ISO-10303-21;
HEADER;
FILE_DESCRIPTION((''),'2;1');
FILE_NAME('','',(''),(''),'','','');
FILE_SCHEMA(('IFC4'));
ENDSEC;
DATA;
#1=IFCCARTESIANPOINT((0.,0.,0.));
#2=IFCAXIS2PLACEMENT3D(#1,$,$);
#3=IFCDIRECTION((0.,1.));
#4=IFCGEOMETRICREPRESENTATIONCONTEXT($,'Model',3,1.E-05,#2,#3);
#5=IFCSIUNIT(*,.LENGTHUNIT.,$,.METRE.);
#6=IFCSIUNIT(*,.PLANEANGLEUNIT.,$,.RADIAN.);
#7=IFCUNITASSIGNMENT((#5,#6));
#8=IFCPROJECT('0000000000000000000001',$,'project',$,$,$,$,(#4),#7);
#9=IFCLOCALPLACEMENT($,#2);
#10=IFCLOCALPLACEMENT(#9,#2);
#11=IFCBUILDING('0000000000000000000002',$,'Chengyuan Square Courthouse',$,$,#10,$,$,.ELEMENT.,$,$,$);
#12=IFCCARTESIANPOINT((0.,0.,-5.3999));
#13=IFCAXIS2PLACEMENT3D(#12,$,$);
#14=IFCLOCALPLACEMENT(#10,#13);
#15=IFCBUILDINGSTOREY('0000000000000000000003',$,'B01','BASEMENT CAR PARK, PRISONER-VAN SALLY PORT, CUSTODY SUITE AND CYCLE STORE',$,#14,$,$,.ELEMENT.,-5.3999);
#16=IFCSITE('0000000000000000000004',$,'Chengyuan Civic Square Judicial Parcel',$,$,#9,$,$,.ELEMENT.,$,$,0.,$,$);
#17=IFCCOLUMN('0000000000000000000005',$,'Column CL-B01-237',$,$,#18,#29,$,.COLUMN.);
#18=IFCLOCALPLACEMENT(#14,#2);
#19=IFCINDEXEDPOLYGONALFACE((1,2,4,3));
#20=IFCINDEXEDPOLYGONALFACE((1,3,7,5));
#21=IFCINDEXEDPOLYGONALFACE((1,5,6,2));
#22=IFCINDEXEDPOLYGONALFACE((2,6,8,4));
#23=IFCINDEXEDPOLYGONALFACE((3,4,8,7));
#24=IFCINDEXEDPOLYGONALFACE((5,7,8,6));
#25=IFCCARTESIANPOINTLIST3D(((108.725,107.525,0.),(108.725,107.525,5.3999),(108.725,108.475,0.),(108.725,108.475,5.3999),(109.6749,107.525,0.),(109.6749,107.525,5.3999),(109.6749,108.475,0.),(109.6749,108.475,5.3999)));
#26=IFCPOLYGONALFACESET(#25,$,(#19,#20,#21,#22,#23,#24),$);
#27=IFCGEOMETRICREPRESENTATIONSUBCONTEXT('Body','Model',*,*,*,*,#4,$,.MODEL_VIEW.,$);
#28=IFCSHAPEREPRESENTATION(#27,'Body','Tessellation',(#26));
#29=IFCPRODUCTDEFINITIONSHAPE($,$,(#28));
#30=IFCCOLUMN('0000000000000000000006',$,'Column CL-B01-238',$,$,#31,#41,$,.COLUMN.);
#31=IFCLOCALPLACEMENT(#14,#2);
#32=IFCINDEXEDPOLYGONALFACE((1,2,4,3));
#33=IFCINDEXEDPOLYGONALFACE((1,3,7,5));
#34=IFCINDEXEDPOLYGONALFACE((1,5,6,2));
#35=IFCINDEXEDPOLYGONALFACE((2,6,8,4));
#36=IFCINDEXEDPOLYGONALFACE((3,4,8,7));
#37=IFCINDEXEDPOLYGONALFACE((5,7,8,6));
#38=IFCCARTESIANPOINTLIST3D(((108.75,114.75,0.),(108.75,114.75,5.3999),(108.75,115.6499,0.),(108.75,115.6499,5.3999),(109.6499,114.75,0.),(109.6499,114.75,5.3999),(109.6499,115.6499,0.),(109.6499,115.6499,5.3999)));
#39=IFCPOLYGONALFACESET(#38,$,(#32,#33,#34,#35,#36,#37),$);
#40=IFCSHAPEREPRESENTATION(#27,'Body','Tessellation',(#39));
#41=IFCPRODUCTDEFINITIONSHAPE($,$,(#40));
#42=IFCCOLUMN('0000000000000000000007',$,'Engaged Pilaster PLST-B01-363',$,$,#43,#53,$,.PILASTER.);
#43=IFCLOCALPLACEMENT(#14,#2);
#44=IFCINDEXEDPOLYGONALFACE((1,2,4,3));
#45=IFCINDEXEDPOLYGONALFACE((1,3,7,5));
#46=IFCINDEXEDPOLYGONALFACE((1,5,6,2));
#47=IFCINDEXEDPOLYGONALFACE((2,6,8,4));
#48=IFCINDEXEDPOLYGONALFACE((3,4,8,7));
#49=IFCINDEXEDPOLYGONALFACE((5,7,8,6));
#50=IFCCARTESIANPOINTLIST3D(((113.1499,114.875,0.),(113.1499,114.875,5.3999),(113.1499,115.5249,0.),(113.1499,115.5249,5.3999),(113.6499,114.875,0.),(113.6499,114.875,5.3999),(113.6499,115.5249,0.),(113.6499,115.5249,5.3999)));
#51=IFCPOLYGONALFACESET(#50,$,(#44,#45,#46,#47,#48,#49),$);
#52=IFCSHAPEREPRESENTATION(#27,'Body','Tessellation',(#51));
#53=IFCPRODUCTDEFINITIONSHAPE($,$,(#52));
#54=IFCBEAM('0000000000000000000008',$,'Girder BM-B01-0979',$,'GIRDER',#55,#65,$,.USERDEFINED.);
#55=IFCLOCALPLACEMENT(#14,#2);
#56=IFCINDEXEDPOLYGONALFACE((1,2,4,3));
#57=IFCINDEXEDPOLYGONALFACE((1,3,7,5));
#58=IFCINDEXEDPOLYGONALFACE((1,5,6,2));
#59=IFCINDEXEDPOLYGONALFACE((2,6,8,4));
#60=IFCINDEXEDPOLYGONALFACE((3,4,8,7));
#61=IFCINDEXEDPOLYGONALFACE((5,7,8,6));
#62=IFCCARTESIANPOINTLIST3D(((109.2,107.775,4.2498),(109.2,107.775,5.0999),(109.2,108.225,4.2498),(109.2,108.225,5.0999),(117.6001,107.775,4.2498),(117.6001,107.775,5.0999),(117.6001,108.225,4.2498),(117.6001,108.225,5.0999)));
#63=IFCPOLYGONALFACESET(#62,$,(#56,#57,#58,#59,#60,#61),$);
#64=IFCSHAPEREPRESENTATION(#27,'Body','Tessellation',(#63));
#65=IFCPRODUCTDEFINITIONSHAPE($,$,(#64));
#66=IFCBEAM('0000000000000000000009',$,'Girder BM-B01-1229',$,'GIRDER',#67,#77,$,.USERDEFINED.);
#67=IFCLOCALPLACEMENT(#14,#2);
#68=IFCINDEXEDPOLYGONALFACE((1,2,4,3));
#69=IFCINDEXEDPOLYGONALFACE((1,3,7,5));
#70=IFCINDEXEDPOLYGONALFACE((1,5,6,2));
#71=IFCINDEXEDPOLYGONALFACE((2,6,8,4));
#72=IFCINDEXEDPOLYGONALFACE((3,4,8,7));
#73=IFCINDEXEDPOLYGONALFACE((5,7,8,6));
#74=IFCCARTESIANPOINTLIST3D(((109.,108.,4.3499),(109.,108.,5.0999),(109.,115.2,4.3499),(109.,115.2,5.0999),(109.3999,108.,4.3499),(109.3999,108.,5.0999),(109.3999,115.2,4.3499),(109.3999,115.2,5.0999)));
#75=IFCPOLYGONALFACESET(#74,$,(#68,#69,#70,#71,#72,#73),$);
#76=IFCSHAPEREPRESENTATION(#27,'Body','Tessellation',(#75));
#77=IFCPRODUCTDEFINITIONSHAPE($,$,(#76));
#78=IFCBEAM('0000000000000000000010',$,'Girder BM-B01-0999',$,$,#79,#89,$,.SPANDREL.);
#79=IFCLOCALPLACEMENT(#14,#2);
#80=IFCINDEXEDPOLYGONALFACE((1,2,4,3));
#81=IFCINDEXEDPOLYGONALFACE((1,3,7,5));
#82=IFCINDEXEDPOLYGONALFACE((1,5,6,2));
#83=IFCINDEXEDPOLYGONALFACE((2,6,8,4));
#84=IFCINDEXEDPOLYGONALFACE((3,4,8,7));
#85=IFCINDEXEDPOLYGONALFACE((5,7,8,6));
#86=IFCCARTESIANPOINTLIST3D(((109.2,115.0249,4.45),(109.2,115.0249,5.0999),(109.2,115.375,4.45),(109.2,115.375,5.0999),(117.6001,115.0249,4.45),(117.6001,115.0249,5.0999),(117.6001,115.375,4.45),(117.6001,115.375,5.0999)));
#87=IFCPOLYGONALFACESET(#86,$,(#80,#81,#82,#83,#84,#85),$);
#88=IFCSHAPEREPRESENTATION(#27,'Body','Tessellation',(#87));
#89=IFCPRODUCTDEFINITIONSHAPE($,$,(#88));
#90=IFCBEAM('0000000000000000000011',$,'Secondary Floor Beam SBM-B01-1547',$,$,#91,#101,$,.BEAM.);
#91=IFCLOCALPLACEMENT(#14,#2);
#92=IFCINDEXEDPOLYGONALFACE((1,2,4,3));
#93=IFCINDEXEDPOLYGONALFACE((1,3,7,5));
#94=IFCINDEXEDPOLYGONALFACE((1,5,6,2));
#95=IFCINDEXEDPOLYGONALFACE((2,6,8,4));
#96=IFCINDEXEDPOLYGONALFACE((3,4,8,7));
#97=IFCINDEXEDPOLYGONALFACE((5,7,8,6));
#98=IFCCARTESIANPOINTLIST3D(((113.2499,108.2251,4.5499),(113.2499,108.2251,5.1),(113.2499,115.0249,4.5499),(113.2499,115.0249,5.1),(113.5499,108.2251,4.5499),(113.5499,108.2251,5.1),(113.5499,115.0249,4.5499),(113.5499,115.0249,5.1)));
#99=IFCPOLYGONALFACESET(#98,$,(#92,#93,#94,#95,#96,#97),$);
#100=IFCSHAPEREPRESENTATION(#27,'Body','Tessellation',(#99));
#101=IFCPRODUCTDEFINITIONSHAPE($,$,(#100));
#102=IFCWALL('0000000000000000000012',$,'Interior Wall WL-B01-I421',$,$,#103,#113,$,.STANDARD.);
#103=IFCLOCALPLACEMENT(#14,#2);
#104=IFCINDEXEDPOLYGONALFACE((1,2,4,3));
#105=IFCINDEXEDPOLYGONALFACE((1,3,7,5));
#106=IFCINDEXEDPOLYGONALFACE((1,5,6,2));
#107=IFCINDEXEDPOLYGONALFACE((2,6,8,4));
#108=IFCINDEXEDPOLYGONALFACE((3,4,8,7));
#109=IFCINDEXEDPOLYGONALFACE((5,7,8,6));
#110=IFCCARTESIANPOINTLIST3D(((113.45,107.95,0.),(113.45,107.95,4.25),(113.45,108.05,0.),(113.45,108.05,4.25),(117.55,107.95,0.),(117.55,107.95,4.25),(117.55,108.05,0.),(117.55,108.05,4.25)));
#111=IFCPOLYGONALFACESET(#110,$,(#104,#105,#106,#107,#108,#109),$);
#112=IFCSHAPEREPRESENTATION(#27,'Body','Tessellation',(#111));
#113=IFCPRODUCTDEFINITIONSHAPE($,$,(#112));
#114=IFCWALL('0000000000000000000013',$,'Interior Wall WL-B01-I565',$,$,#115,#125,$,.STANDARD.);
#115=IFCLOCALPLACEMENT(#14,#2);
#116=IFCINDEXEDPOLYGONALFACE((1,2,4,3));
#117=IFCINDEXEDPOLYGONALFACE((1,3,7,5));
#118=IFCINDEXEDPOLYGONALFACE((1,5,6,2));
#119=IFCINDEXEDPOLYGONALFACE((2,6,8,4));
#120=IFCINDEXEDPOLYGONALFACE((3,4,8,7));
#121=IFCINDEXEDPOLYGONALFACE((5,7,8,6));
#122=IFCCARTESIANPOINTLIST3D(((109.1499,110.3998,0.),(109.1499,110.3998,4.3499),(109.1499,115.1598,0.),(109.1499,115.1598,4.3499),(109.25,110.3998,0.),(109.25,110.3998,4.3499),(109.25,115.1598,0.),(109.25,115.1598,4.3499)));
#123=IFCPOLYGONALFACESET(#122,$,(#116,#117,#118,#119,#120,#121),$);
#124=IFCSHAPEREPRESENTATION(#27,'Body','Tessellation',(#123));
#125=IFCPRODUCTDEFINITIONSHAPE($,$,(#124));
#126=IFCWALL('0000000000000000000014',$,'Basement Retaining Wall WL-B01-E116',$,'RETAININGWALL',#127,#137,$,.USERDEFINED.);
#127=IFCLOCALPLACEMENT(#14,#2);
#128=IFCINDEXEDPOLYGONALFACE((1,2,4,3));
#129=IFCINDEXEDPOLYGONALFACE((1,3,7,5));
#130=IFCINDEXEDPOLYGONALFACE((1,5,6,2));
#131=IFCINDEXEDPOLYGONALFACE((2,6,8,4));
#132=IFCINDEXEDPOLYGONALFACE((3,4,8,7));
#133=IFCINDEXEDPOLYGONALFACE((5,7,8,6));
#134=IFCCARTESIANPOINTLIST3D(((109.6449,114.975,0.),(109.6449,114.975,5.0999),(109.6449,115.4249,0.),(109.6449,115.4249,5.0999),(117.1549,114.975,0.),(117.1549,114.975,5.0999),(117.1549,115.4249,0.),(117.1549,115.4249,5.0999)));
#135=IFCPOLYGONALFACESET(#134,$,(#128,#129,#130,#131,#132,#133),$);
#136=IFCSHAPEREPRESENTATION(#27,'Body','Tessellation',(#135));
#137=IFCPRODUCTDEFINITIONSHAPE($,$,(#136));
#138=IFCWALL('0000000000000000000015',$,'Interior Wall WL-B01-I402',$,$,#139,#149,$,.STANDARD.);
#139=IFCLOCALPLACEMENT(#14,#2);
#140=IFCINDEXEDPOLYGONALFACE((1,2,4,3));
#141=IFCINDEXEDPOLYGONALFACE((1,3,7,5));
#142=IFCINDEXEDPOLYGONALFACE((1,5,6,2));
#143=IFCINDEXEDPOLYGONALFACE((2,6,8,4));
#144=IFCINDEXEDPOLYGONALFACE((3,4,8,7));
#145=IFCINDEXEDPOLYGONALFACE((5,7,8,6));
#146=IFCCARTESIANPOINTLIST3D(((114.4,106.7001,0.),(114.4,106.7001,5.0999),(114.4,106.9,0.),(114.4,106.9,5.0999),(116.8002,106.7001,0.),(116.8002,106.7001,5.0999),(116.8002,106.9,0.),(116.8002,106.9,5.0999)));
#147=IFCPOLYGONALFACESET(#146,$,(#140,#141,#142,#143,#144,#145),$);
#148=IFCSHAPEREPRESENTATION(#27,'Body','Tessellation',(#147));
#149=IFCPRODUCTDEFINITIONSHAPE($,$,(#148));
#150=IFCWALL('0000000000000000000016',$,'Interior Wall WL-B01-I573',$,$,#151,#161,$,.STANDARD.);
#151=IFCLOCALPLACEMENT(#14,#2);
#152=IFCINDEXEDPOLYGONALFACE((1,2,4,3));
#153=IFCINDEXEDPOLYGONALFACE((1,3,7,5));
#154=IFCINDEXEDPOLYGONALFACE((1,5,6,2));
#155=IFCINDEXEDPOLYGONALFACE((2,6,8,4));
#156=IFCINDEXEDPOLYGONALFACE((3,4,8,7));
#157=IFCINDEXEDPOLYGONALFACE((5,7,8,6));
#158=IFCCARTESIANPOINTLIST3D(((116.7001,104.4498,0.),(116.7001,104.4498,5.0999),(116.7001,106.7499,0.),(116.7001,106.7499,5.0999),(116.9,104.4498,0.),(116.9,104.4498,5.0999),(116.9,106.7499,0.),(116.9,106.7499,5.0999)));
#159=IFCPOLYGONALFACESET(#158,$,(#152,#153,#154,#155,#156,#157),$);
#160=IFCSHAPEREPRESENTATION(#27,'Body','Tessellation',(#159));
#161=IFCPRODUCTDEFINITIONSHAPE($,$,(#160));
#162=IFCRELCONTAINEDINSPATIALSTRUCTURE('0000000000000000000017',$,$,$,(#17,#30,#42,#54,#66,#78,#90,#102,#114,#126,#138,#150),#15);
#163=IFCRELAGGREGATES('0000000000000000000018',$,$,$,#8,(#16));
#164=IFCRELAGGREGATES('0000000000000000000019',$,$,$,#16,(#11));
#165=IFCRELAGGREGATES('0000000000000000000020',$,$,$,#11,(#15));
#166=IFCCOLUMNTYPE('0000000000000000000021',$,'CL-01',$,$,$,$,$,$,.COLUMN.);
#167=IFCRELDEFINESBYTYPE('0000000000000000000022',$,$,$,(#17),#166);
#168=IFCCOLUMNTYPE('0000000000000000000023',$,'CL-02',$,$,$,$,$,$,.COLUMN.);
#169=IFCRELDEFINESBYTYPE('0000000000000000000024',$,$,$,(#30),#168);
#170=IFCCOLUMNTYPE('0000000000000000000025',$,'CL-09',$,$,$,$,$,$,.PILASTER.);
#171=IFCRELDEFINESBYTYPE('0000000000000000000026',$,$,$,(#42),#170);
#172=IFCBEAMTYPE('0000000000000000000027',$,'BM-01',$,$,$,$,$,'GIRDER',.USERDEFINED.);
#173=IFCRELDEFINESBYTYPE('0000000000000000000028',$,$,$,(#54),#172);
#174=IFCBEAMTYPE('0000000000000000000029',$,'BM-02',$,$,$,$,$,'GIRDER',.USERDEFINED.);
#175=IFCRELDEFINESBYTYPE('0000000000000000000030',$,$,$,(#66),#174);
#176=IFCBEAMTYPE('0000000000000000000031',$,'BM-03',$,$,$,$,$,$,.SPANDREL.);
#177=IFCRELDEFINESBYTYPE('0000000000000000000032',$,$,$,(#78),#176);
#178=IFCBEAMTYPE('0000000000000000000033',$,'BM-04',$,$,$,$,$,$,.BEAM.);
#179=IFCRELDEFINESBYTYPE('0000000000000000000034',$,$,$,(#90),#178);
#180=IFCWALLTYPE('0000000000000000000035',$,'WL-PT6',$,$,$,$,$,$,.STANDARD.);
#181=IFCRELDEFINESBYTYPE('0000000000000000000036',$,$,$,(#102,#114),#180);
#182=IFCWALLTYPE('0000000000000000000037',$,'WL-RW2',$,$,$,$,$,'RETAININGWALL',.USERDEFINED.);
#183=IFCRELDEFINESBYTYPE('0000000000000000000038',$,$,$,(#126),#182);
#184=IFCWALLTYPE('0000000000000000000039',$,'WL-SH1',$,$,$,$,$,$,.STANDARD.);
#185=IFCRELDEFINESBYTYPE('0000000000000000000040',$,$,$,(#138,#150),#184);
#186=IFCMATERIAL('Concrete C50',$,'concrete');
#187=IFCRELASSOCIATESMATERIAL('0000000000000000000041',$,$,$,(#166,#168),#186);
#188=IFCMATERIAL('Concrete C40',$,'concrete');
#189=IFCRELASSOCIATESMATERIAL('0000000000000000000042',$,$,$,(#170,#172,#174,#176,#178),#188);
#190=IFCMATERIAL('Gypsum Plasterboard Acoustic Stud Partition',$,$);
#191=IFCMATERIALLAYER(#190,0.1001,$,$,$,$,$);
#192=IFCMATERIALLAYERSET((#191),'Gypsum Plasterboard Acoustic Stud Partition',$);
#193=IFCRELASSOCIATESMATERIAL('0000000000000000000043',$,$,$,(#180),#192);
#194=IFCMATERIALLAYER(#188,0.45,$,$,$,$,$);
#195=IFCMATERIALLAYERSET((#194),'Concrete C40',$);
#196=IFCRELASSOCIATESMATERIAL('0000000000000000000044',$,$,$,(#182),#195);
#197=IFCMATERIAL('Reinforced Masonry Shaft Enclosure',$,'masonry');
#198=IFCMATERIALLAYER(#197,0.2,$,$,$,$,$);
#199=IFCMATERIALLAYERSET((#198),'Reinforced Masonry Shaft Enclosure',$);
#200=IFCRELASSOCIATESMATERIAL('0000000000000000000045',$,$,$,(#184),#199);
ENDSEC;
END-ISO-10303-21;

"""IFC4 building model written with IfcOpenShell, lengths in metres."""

from ifc_helpers import new_model, si_unit, direction, frame, frame_2d, origin, origin_2d, place, context, subcontext, project, spatial, rectangle, extrude, material, layer, layer_set, material_profile, profile_set, type_object, element, save


model = new_model("IFC4")

# Units and contexts
model_context = context("Model", 3, precision=1e-05, world=origin(), true_north=direction((0.0, 1.0)))
body_context = subcontext(model_context, "Body", "Model", "MODEL_VIEW")
ifc_project = project(units=[si_unit("LENGTHUNIT", "METRE"), si_unit("PLANEANGLEUNIT", "RADIAN")], contexts=[model_context])

# Site, building, storey
site_placement = place(None, origin())
site = spatial("IfcSite", under=ifc_project, at=site_placement, Name="Chengyuan Civic Square Judicial Parcel", CompositionType="ELEMENT", RefElevation=0.0)
building_placement = place(site_placement, origin())
building = spatial("IfcBuilding", under=site, at=building_placement, Name="Chengyuan Square Courthouse", CompositionType="ELEMENT")
storey_placement = place(building_placement, frame((0.0, 0.0, -5.3999)))
storey = spatial("IfcBuildingStorey", under=building, at=storey_placement, Name="B01", Description="BASEMENT CAR PARK, PRISONER-VAN SALLY PORT, CUSTODY SUITE AND CYCLE STORE", CompositionType="ELEMENT", Elevation=-5.3999)

# Columns
ifc_material_1 = material(Name="Concrete C50", Category="concrete")
ifc_material_profile_1 = material_profile(ifc_material_1, rectangle(XDim=0.95, YDim=0.95, at=origin_2d()), Name="RC-COL-950x950")
ifc_profile_set_1 = profile_set([ifc_material_profile_1], Name="Concrete C50")
column_type_1 = type_object("IfcColumnType", Name="CL-01", PredefinedType="COLUMN", material=ifc_profile_set_1)
column_1_placement = place(storey_placement, frame((109.2, 108.0, 0.0), z_axis=(0.0, 0.0, 1.0), x_axis=(1.0, 0.0, 0.0)))
element("IfcColumn", 1, at=column_1_placement, inside=storey, type_object=column_type_1, Name="Column CL-B01-237", PredefinedType="COLUMN", context=body_context, shape_type="SweptSolid", body=[
    extrude(rectangle(XDim=0.95, YDim=0.95, at=origin_2d()), origin(), (0.0, 0.0, 1.0), 5.3999),
])
ifc_material_profile_2 = material_profile(ifc_material_1, rectangle(XDim=0.8999, YDim=0.8999, at=origin_2d()), Name="RC-COL-900x900")
ifc_profile_set_2 = profile_set([ifc_material_profile_2], Name="Concrete C50")
column_type_2 = type_object("IfcColumnType", Name="CL-02", PredefinedType="COLUMN", material=ifc_profile_set_2)
column_2_placement = place(storey_placement, frame((109.2, 115.2, 0.0), z_axis=(0.0, 0.0, 1.0), x_axis=(1.0, 0.0, 0.0)))
element("IfcColumn", 2, at=column_2_placement, inside=storey, type_object=column_type_2, Name="Column CL-B01-238", PredefinedType="COLUMN", context=body_context, shape_type="SweptSolid", body=[
    extrude(rectangle(XDim=0.8999, YDim=0.8999, at=origin_2d()), origin(), (0.0, 0.0, 1.0), 5.3999),
])
ifc_material_2 = material(Name="Concrete C40", Category="concrete")
ifc_material_profile_3 = material_profile(ifc_material_2, rectangle(XDim=0.5, YDim=0.6499, at=origin_2d()), Name="RC-PIL-500x650")
ifc_profile_set_3 = profile_set([ifc_material_profile_3], Name="Concrete C40")
column_type_3 = type_object("IfcColumnType", Name="CL-09", PredefinedType="PILASTER", material=ifc_profile_set_3)
column_3_placement = place(storey_placement, frame((113.3999, 115.2, 0.0), z_axis=(0.0, 0.0, 1.0), x_axis=(1.0, 0.0, 0.0)))
element("IfcColumn", 3, at=column_3_placement, inside=storey, type_object=column_type_3, Name="Engaged Pilaster PLST-B01-363", PredefinedType="PILASTER", context=body_context, shape_type="SweptSolid", body=[
    extrude(rectangle(XDim=0.5, YDim=0.6499, at=origin_2d()), origin(), (0.0, 0.0, 1.0), 5.3999),
])

# Beams
ifc_material_profile_4 = material_profile(ifc_material_2, rectangle(XDim=0.45, YDim=0.8501, at=origin_2d()), Name="RC-BM-450x850")
ifc_profile_set_4 = profile_set([ifc_material_profile_4], Name="Concrete C40")
beam_type_1 = type_object("IfcBeamType", Name="BM-01", ElementType="GIRDER", PredefinedType="USERDEFINED", material=ifc_profile_set_4)
beam_1_placement = place(storey_placement, frame((109.2, 108.0, 4.6748), z_axis=(1.0, 0.0, 0.0), x_axis=(0.0, 1.0, 0.0)))
element("IfcBeam", 4, at=beam_1_placement, inside=storey, type_object=beam_type_1, Name="Girder BM-B01-0979", ObjectType="GIRDER", PredefinedType="USERDEFINED", context=body_context, shape_type="SweptSolid", body=[
    extrude(rectangle(XDim=0.45, YDim=0.8501, at=origin_2d()), origin(), (0.0, 0.0, 1.0), 8.4001),
])
ifc_material_profile_5 = material_profile(ifc_material_2, rectangle(XDim=0.3999, YDim=0.75, at=origin_2d()), Name="RC-BM-400x750")
ifc_profile_set_5 = profile_set([ifc_material_profile_5], Name="Concrete C40")
beam_type_2 = type_object("IfcBeamType", Name="BM-02", ElementType="GIRDER", PredefinedType="USERDEFINED", material=ifc_profile_set_5)
beam_2_placement = place(storey_placement, frame((109.2, 108.0, 4.7249), z_axis=(0.0, 1.0, 0.0), x_axis=(-1.0, 0.0, 0.0)))
element("IfcBeam", 5, at=beam_2_placement, inside=storey, type_object=beam_type_2, Name="Girder BM-B01-1229", ObjectType="GIRDER", PredefinedType="USERDEFINED", context=body_context, shape_type="SweptSolid", body=[
    extrude(rectangle(XDim=0.3999, YDim=0.75, at=origin_2d()), origin(), (0.0, 0.0, 1.0), 7.2),
])
ifc_material_profile_6 = material_profile(ifc_material_2, rectangle(XDim=0.3501, YDim=0.6499, at=origin_2d()), Name="RC-BM-350x650")
ifc_profile_set_6 = profile_set([ifc_material_profile_6], Name="Concrete C40")
beam_type_3 = type_object("IfcBeamType", Name="BM-03", PredefinedType="SPANDREL", material=ifc_profile_set_6)
beam_3_placement = place(storey_placement, frame((109.2, 115.2, 4.7749), z_axis=(1.0, 0.0, 0.0), x_axis=(0.0, 1.0, 0.0)))
element("IfcBeam", 6, at=beam_3_placement, inside=storey, type_object=beam_type_3, Name="Girder BM-B01-0999", PredefinedType="SPANDREL", context=body_context, shape_type="SweptSolid", body=[
    extrude(rectangle(XDim=0.3501, YDim=0.6499, at=origin_2d()), origin(), (0.0, 0.0, 1.0), 8.4001),
])
ifc_material_profile_7 = material_profile(ifc_material_2, rectangle(XDim=0.3, YDim=0.55, at=origin_2d()), Name="RC-BM-300x550")
ifc_profile_set_7 = profile_set([ifc_material_profile_7], Name="Concrete C40")
beam_type_4 = type_object("IfcBeamType", Name="BM-04", PredefinedType="BEAM", material=ifc_profile_set_7)
beam_4_placement = place(storey_placement, frame((113.3999, 108.2251, 4.825), z_axis=(0.0, 1.0, 0.0), x_axis=(-1.0, 0.0, 0.0)))
element("IfcBeam", 7, at=beam_4_placement, inside=storey, type_object=beam_type_4, Name="Secondary Floor Beam SBM-B01-1547", PredefinedType="BEAM", context=body_context, shape_type="SweptSolid", body=[
    extrude(rectangle(XDim=0.3, YDim=0.55, at=origin_2d()), origin(), (0.0, 0.0, 1.0), 6.7998),
])

# Walls
ifc_material_3 = material(Name="Gypsum Plasterboard Acoustic Stud Partition")
ifc_layer_1 = layer(ifc_material_3, 0.1001)
ifc_layer_set_1 = layer_set([ifc_layer_1], Name="Gypsum Plasterboard Acoustic Stud Partition")
wall_type_1 = type_object("IfcWallType", Name="WL-PT6", PredefinedType="STANDARD", material=ifc_layer_set_1)
wall_1_placement = place(storey_placement, frame((113.45, 108.0, 0.0), z_axis=(0.0, 0.0, 1.0), x_axis=(1.0, 0.0, 0.0)))
element("IfcWall", 8, at=wall_1_placement, inside=storey, type_object=wall_type_1, Name="Interior Wall WL-B01-I421", PredefinedType="STANDARD", context=body_context, shape_type="SweptSolid", body=[
    extrude(rectangle(XDim=4.1001, YDim=0.1001, at=frame_2d((2.05, 0.0))), origin(), (0.0, 0.0, 1.0), 4.25),
])
wall_2_placement = place(storey_placement, frame((109.2, 110.3999, 0.0), z_axis=(0.0, 0.0, 1.0), x_axis=(0.0, 1.0, 0.0)))
element("IfcWall", 9, at=wall_2_placement, inside=storey, type_object=wall_type_1, Name="Interior Wall WL-B01-I565", PredefinedType="STANDARD", context=body_context, shape_type="SweptSolid", body=[
    extrude(rectangle(XDim=4.76, YDim=0.1001, at=frame_2d((2.3799, 0.0))), origin(), (0.0, 0.0, 1.0), 4.3499),
])
ifc_layer_2 = layer(ifc_material_2, 0.45)
ifc_layer_set_2 = layer_set([ifc_layer_2], Name="Concrete C40")
wall_type_2 = type_object("IfcWallType", Name="WL-RW2", ElementType="RETAININGWALL", PredefinedType="USERDEFINED", material=ifc_layer_set_2)
wall_3_placement = place(storey_placement, frame((109.645, 115.2, 0.0), z_axis=(0.0, 0.0, 1.0), x_axis=(1.0, 0.0, 0.0)))
element("IfcWall", 10, at=wall_3_placement, inside=storey, type_object=wall_type_2, Name="Basement Retaining Wall WL-B01-E116", ObjectType="RETAININGWALL", PredefinedType="USERDEFINED", context=body_context, shape_type="SweptSolid", body=[
    extrude(rectangle(XDim=7.51, YDim=0.45, at=frame_2d((3.7549, 0.0))), origin(), (0.0, 0.0, 1.0), 5.0999),
])
ifc_material_4 = material(Name="Reinforced Masonry Shaft Enclosure", Category="masonry")
ifc_layer_3 = layer(ifc_material_4, 0.2)
ifc_layer_set_3 = layer_set([ifc_layer_3], Name="Reinforced Masonry Shaft Enclosure")
wall_type_3 = type_object("IfcWallType", Name="WL-SH1", PredefinedType="STANDARD", material=ifc_layer_set_3)
wall_4_placement = place(storey_placement, frame((114.3999, 106.8, 0.0), z_axis=(0.0, 0.0, 1.0), x_axis=(1.0, 0.0, 0.0)))
element("IfcWall", 11, at=wall_4_placement, inside=storey, type_object=wall_type_3, Name="Interior Wall WL-B01-I402", PredefinedType="STANDARD", context=body_context, shape_type="SweptSolid", body=[
    extrude(rectangle(XDim=2.4001, YDim=0.2, at=frame_2d((1.2002, 0.0))), origin(), (0.0, 0.0, 1.0), 5.0999),
])
wall_5_placement = place(storey_placement, frame((116.8, 104.45, 0.0), z_axis=(0.0, 0.0, 1.0), x_axis=(0.0, 1.0, 0.0)))
element("IfcWall", 12, at=wall_5_placement, inside=storey, type_object=wall_type_3, Name="Interior Wall WL-B01-I573", PredefinedType="STANDARD", context=body_context, shape_type="SweptSolid", body=[
    extrude(rectangle(XDim=2.3, YDim=0.2, at=frame_2d((1.1499, 0.0))), origin(), (0.0, 0.0, 1.0), 5.0999),
])

save(model, "model.ifc")
